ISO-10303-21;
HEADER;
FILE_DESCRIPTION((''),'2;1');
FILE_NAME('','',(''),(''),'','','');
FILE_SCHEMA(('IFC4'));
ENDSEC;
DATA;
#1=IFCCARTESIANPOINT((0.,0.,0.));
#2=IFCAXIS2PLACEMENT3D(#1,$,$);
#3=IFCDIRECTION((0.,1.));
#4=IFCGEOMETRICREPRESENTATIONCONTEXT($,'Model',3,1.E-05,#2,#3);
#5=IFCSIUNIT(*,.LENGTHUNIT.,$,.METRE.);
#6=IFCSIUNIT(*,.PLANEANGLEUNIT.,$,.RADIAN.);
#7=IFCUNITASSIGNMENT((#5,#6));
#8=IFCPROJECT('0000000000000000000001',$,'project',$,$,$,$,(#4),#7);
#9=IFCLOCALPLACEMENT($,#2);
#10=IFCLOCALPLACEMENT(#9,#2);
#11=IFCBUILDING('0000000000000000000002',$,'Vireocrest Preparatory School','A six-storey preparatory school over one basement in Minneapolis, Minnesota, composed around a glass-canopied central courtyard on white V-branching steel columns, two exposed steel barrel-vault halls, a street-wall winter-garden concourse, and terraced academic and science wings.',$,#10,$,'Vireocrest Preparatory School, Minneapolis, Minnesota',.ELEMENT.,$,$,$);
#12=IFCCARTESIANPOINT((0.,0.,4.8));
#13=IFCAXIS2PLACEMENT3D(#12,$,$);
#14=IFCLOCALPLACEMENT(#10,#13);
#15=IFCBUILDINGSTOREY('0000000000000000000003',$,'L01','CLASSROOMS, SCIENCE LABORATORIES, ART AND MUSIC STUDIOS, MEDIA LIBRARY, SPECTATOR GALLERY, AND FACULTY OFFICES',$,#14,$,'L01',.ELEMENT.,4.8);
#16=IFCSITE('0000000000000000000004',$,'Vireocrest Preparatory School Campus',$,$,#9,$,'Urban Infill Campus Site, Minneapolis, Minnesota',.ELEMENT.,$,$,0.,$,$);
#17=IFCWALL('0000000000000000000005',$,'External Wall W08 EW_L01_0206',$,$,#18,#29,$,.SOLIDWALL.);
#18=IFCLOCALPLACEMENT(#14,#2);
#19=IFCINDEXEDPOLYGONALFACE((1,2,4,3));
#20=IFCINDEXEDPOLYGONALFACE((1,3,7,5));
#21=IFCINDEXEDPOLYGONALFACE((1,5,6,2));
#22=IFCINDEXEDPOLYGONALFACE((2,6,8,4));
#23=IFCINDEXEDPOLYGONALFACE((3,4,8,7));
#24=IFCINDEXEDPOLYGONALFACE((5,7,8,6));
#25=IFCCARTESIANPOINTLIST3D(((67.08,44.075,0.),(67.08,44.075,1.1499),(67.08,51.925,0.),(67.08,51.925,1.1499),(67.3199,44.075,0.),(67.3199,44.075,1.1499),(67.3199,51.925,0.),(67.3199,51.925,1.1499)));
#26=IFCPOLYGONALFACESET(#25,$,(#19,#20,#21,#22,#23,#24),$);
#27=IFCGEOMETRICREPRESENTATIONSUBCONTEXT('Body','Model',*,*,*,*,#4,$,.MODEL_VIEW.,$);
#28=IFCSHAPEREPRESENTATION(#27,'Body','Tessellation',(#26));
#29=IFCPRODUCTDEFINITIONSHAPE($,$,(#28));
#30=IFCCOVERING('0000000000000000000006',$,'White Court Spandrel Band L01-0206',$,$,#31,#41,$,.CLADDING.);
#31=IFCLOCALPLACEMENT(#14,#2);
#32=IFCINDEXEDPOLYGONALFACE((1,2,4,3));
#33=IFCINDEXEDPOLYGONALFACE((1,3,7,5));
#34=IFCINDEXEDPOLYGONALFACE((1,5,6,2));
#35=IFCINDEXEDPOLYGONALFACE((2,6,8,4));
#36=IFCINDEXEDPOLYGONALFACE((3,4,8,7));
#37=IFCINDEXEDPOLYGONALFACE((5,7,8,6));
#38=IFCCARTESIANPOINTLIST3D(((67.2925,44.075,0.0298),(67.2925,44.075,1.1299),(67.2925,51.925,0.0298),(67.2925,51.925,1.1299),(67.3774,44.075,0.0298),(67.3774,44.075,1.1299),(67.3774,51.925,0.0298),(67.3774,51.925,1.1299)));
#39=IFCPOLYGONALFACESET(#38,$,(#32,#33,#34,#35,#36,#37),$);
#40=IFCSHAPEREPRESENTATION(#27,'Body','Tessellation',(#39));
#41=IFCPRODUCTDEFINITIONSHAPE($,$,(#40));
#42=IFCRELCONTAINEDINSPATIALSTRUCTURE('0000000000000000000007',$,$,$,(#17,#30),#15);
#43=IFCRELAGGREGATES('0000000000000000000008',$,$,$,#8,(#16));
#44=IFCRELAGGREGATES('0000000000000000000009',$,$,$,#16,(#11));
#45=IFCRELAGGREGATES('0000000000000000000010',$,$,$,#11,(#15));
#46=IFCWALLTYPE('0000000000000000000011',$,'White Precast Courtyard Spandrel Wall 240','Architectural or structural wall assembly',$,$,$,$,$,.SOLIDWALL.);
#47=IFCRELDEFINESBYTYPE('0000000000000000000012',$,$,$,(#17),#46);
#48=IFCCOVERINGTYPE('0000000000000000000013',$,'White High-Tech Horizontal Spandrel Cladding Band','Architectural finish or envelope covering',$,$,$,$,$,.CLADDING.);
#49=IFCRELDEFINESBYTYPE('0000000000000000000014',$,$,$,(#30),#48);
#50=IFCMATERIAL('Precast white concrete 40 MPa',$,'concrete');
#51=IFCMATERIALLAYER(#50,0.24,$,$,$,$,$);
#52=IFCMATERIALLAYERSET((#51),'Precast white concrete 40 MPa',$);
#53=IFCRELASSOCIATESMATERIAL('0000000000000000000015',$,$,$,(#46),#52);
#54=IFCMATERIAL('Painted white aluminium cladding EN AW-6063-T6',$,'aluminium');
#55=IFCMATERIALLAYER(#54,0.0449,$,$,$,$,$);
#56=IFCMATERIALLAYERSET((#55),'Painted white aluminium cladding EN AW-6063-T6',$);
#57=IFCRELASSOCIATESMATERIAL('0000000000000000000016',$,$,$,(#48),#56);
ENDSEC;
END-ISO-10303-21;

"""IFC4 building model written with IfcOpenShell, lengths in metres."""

from ifc_helpers import new_model, si_unit, direction, frame, frame_2d, origin, origin_2d, place, context, subcontext, project, spatial, rectangle, extrude, material, layer, layer_set, type_object, element, save


model = new_model("IFC4")

# Units and contexts
model_context = context("Model", 3, precision=1e-05, world=origin(), true_north=direction((0.0, 1.0)))
body_context = subcontext(model_context, "Body", "Model", "MODEL_VIEW")
ifc_project = project(units=[si_unit("LENGTHUNIT", "METRE"), si_unit("PLANEANGLEUNIT", "RADIAN")], contexts=[model_context])

# Site, building, storey
site_placement = place(None, origin())
site = spatial("IfcSite", under=ifc_project, at=site_placement, Name="Vireocrest Preparatory School Campus", LongName="Urban Infill Campus Site, Minneapolis, Minnesota", CompositionType="ELEMENT", RefElevation=0.0)
building_placement = place(site_placement, origin())
building = spatial("IfcBuilding", under=site, at=building_placement, Name="Vireocrest Preparatory School", Description="A six-storey preparatory school over one basement in Minneapolis, Minnesota, composed around a glass-canopied central courtyard on white V-branching steel columns, two exposed steel barrel-vault halls, a street-wall winter-garden concourse, and terraced academic and science wings.", LongName="Vireocrest Preparatory School, Minneapolis, Minnesota", CompositionType="ELEMENT")
storey_placement = place(building_placement, frame((0.0, 0.0, 4.8)))
storey = spatial("IfcBuildingStorey", under=building, at=storey_placement, Name="L01", Description="CLASSROOMS, SCIENCE LABORATORIES, ART AND MUSIC STUDIOS, MEDIA LIBRARY, SPECTATOR GALLERY, AND FACULTY OFFICES", LongName="L01", CompositionType="ELEMENT", Elevation=4.8)

# Wall
ifc_material_1 = material(Name="Precast white concrete 40 MPa", Category="concrete")
ifc_layer_1 = layer(ifc_material_1, 0.24)
ifc_layer_set_1 = layer_set([ifc_layer_1], Name="Precast white concrete 40 MPa")
wall_type = type_object("IfcWallType", Name="White Precast Courtyard Spandrel Wall 240", Description="Architectural or structural wall assembly", PredefinedType="SOLIDWALL", material=ifc_layer_set_1)
wall_placement = place(storey_placement, frame((67.2, 44.075, 0.0), z_axis=(0.0, 0.0, 1.0), x_axis=(0.0, 1.0, 0.0)))
element("IfcWall", 1, at=wall_placement, inside=storey, type_object=wall_type, Name="External Wall W08 EW_L01_0206", PredefinedType="SOLIDWALL", context=body_context, shape_type="SweptSolid", body=[
    extrude(rectangle(XDim=7.8501, YDim=0.24, at=frame_2d((3.925, 0.0))), origin(), (0.0, 0.0, 1.0), 1.1499),
])

# Covering
ifc_material_2 = material(Name="Painted white aluminium cladding EN AW-6063-T6", Category="aluminium")
ifc_layer_2 = layer(ifc_material_2, 0.0449)
ifc_layer_set_2 = layer_set([ifc_layer_2], Name="Painted white aluminium cladding EN AW-6063-T6")
covering_type = type_object("IfcCoveringType", Name="White High-Tech Horizontal Spandrel Cladding Band", Description="Architectural finish or envelope covering", PredefinedType="CLADDING", material=ifc_layer_set_2)
covering_placement = place(storey_placement, frame((67.335, 48.0, 0.0298), z_axis=(0.0, 0.0, 1.0), x_axis=(1.0, 0.0, 0.0)))
element("IfcCovering", 2, at=covering_placement, inside=storey, type_object=covering_type, Name="White Court Spandrel Band L01-0206", PredefinedType="CLADDING", context=body_context, shape_type="SweptSolid", body=[
    extrude(rectangle(XDim=0.085, YDim=7.8501, at=origin_2d()), origin(), (0.0, 0.0, 1.0), 1.1001),
])

save(model, "model.ifc")
